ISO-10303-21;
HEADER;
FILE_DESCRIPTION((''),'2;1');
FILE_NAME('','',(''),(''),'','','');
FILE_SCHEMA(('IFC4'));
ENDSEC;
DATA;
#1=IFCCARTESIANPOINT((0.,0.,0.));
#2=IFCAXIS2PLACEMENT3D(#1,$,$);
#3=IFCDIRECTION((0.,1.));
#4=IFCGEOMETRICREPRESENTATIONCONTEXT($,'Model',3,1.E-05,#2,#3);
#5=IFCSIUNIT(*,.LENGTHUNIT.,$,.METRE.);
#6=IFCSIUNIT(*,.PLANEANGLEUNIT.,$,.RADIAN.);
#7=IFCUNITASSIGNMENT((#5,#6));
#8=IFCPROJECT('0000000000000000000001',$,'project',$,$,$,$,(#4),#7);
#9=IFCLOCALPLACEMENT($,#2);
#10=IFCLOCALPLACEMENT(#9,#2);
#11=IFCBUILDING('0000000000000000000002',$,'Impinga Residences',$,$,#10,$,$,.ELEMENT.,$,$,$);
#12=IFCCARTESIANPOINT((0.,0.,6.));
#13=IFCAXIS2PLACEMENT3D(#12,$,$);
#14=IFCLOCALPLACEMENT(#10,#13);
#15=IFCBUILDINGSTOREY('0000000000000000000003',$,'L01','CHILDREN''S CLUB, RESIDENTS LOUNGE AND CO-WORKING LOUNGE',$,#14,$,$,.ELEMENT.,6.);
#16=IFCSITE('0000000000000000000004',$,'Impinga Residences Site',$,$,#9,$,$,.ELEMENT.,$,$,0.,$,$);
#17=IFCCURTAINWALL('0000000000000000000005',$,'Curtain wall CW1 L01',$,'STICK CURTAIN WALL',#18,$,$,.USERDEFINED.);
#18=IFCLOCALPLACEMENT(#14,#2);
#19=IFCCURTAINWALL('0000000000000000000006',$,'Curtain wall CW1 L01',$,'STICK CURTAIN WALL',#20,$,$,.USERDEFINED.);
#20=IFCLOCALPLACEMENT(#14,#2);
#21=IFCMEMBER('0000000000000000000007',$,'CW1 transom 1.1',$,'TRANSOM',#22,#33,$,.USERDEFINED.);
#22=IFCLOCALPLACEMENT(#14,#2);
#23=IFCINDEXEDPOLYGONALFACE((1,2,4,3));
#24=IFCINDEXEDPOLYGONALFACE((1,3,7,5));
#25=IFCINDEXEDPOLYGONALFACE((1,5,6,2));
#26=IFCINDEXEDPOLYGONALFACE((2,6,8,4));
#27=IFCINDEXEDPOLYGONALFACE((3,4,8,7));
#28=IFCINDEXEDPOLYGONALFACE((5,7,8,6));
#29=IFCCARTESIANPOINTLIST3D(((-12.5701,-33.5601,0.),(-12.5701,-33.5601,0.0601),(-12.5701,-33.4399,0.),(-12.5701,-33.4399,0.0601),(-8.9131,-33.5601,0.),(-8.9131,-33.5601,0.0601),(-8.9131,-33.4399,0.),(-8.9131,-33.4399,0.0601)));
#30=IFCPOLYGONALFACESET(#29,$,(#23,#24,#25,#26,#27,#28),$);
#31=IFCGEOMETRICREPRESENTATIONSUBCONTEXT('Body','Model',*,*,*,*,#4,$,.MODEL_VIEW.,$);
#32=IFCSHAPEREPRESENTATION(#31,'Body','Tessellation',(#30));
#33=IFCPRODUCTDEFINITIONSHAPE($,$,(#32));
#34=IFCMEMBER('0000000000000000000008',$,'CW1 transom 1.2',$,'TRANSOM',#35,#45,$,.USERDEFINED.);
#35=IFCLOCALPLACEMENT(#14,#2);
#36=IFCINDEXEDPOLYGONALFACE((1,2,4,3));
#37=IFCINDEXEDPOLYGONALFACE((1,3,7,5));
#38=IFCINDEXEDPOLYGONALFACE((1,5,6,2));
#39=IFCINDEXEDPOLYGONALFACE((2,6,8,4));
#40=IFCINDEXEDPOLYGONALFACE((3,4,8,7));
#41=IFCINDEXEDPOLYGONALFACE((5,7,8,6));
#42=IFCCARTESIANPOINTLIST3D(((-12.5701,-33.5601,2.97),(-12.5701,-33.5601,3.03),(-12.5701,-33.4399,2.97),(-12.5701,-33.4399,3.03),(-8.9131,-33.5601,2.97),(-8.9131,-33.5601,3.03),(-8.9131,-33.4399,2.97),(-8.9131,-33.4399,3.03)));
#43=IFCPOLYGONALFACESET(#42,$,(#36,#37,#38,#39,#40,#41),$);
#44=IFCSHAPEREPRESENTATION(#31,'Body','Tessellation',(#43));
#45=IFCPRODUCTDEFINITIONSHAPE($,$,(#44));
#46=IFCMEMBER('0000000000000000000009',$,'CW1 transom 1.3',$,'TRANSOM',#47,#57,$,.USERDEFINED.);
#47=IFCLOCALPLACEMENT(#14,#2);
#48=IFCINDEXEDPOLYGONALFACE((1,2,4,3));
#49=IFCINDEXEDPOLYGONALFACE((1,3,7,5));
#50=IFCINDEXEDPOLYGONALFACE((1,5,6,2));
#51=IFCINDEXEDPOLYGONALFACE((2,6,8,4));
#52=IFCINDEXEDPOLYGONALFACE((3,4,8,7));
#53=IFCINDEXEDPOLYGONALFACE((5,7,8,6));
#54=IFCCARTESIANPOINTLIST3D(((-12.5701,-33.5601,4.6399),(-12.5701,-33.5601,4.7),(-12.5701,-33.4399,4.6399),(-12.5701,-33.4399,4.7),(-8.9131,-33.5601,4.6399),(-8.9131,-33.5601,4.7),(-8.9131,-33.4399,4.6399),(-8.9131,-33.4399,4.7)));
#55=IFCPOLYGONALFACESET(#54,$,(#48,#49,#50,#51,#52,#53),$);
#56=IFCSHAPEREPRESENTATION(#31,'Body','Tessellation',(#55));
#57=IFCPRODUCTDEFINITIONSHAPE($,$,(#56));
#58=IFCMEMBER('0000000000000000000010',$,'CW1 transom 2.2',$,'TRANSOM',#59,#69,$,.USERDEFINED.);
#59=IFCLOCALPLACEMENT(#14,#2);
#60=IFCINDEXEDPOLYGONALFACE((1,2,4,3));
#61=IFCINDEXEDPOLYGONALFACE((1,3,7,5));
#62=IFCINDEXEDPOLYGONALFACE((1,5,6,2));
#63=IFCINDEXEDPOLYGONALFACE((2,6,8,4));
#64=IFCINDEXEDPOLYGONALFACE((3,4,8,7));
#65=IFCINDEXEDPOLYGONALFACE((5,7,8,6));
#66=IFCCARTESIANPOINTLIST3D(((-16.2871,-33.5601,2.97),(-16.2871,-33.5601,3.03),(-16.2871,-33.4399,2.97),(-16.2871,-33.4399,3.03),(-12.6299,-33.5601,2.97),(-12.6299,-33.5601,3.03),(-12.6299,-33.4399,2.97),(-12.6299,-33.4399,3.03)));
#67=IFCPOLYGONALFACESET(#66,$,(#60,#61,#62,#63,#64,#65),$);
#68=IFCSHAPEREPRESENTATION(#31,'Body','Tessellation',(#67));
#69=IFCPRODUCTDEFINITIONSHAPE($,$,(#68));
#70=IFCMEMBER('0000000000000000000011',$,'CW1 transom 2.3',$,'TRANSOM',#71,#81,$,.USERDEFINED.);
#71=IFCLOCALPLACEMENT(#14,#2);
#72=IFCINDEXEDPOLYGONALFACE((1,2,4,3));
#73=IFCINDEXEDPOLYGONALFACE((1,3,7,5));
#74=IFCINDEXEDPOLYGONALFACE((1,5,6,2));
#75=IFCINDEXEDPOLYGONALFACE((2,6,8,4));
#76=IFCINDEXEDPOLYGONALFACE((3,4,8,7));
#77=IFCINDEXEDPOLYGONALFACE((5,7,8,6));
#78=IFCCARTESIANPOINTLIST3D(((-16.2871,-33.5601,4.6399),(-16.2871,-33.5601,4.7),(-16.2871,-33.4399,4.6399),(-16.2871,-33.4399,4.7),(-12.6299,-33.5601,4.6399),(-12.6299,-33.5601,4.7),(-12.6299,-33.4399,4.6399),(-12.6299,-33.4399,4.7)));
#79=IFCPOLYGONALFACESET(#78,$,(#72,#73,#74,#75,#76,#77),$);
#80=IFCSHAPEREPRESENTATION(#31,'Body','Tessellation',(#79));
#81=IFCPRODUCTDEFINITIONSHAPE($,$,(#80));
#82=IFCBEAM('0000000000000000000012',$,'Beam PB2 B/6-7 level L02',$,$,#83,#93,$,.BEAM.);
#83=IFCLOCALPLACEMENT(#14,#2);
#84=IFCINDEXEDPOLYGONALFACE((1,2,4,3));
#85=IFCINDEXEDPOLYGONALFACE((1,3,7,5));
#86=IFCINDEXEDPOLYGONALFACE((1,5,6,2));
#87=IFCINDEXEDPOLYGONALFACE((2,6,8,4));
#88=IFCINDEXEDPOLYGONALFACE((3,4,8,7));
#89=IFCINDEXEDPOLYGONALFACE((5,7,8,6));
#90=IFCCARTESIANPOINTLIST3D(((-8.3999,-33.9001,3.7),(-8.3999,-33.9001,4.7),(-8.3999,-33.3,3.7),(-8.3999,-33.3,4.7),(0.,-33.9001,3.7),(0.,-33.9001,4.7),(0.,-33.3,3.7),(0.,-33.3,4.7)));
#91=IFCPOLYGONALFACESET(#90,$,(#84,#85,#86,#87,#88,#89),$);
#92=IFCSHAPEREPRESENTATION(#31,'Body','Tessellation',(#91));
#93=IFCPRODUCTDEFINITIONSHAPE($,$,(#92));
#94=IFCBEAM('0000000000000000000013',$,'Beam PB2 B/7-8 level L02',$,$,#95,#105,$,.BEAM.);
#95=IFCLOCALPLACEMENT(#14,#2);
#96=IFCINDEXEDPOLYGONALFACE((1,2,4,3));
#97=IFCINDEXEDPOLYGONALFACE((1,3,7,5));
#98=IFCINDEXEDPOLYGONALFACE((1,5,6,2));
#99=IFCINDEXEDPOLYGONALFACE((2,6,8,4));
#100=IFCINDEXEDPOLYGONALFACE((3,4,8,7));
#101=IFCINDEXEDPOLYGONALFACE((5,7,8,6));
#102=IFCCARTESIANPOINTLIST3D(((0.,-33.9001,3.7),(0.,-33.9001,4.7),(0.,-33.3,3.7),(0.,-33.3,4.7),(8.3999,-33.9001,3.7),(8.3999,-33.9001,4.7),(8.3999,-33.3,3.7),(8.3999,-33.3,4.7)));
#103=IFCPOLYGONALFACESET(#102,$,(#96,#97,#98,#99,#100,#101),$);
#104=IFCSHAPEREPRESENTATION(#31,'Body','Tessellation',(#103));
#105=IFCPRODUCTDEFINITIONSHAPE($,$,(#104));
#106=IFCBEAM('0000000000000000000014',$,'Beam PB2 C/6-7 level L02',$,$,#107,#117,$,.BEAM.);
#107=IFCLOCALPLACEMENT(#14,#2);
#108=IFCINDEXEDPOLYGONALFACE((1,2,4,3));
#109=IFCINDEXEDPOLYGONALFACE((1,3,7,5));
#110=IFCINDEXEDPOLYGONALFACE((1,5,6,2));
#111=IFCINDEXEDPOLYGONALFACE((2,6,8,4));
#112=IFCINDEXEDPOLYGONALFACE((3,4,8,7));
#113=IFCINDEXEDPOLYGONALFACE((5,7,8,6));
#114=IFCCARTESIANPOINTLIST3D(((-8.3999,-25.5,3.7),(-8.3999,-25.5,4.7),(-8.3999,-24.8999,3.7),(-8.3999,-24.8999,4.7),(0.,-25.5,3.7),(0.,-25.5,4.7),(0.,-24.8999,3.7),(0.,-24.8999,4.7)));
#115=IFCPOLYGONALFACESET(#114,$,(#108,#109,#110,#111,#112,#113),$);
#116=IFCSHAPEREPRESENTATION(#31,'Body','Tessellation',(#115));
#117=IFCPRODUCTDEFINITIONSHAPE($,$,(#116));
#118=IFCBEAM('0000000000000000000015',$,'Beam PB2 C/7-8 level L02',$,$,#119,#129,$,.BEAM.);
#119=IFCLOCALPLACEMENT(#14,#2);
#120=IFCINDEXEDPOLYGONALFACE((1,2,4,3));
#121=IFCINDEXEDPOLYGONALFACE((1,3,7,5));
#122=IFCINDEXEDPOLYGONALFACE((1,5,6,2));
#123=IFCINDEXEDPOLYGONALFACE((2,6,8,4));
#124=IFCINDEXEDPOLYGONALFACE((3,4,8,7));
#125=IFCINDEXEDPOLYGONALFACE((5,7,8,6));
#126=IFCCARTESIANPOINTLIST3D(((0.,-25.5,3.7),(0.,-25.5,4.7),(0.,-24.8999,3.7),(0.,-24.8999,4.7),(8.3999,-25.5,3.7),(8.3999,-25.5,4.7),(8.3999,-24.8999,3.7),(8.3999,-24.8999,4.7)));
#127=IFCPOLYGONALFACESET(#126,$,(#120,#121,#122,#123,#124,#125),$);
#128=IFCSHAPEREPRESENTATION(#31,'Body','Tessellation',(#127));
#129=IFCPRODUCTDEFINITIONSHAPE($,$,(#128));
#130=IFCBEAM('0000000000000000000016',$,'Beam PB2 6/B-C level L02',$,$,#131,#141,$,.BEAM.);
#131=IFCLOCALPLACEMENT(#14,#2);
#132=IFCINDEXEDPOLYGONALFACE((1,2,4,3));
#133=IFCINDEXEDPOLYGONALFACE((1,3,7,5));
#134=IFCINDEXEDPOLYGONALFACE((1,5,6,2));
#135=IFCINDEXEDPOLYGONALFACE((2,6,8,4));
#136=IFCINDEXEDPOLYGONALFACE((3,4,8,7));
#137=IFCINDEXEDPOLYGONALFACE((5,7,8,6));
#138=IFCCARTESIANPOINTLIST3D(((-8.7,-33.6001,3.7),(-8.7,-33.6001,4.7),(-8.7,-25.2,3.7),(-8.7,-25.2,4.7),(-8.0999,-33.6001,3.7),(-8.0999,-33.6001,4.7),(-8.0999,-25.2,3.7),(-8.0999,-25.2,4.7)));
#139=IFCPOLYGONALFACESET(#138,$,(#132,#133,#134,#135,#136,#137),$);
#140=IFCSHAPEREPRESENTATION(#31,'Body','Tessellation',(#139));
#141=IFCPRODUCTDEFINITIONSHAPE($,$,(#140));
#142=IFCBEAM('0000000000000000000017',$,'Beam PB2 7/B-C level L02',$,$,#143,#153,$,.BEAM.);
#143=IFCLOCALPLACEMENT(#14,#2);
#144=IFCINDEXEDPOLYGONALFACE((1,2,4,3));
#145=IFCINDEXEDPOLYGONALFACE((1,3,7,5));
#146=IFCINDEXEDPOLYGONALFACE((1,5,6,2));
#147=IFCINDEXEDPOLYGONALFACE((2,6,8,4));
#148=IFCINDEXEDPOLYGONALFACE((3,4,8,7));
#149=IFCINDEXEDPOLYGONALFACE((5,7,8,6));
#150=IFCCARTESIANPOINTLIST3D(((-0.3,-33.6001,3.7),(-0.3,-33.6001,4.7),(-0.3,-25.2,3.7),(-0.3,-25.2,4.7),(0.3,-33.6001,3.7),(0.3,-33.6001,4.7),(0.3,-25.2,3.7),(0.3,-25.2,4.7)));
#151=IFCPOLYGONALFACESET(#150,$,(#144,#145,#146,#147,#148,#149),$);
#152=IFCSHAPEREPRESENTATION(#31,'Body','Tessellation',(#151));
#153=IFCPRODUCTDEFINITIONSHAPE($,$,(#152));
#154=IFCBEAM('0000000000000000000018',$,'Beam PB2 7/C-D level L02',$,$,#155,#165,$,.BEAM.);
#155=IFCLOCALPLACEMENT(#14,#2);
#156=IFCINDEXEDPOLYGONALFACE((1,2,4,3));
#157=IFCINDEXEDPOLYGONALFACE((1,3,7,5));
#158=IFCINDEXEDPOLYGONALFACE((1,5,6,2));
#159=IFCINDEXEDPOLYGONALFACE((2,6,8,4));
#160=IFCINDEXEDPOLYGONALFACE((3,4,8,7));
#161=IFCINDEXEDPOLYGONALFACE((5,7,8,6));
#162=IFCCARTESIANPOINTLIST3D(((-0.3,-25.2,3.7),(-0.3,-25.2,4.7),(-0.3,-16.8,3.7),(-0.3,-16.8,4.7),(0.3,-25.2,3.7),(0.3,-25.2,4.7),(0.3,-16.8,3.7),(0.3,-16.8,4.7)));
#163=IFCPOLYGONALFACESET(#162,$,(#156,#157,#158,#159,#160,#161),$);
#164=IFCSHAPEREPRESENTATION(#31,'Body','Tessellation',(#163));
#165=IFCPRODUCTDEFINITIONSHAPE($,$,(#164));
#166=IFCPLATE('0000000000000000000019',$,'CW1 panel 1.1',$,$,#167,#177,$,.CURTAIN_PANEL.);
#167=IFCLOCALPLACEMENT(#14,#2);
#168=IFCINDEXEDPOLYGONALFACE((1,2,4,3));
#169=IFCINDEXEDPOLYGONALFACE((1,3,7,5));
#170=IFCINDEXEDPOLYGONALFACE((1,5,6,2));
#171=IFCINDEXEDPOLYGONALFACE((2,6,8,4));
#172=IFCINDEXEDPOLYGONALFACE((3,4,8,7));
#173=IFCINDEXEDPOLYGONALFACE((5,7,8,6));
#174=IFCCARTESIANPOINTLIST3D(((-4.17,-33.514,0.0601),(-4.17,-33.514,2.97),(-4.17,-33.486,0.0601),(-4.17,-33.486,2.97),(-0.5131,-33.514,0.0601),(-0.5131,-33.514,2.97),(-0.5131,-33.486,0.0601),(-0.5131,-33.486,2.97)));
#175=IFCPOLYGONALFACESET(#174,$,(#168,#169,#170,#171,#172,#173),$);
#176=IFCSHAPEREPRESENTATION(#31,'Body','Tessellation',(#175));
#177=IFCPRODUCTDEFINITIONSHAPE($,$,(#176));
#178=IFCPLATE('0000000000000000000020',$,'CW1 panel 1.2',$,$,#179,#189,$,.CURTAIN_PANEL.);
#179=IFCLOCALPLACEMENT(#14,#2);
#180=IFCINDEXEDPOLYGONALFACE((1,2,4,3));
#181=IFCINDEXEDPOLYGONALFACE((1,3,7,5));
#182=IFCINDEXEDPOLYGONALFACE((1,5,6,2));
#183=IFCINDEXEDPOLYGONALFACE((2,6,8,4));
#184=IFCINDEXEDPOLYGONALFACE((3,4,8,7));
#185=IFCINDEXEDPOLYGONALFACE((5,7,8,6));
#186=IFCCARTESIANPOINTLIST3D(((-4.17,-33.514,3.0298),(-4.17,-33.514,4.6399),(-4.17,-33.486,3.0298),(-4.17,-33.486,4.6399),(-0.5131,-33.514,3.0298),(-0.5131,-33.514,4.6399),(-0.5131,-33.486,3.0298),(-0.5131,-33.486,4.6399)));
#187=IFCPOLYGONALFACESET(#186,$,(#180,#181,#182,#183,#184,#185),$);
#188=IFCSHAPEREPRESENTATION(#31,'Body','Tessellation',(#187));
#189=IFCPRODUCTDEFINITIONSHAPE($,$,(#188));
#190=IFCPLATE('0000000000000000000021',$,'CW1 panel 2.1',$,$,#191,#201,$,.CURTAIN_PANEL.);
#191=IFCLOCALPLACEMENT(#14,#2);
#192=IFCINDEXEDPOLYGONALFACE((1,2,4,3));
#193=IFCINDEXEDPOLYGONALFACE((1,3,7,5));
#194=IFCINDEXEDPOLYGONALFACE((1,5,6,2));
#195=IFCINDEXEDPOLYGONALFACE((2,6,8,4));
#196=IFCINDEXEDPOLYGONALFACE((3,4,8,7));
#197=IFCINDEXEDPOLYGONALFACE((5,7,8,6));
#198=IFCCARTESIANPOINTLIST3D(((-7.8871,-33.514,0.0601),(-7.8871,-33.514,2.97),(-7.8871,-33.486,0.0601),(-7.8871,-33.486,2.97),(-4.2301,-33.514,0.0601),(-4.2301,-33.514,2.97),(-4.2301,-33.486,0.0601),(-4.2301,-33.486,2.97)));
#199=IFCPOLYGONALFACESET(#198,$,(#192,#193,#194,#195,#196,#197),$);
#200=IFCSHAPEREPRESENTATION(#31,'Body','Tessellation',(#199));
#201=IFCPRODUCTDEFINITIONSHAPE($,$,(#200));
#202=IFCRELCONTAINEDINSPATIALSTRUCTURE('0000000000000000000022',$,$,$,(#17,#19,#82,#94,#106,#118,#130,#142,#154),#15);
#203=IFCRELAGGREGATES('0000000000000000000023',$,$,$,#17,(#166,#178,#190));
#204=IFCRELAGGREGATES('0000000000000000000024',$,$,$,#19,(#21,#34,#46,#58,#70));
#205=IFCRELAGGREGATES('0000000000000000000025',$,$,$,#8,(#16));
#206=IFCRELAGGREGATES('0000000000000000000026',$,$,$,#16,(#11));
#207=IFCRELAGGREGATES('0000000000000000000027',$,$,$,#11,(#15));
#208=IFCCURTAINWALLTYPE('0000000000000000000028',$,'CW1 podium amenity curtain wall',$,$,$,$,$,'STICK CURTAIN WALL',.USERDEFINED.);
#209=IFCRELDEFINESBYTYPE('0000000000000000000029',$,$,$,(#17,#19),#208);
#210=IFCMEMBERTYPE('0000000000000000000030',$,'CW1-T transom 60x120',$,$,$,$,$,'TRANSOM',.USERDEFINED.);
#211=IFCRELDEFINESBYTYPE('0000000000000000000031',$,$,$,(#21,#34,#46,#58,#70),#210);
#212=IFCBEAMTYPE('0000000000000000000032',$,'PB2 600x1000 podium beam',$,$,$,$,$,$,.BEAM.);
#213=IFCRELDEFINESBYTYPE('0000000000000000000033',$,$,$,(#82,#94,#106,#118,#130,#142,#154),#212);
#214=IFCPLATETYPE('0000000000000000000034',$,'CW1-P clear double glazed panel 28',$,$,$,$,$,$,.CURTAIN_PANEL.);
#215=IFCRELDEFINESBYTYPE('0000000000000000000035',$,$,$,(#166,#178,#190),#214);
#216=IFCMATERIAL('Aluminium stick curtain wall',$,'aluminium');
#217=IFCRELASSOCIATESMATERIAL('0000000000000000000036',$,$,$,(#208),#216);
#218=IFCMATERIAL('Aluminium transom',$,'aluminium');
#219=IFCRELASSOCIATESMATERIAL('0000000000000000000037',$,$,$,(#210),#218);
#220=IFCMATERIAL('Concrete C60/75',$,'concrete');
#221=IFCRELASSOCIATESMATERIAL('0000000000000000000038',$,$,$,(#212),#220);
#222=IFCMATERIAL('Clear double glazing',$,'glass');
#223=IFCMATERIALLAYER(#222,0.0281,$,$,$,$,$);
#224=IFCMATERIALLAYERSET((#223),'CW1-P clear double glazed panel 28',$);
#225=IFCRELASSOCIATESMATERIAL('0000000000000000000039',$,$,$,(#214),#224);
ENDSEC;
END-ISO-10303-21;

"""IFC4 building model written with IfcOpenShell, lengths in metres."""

from ifc_helpers import new_model, si_unit, direction, frame, origin, origin_2d, place, context, subcontext, project, spatial, rectangle, extrude, material, layer, layer_set, material_profile, profile_set, type_object, element, aggregate, save


model = new_model("IFC4")

# Units and contexts
model_context = context("Model", 3, precision=1e-05, world=origin(), true_north=direction((0.0, 1.0)))
body_context = subcontext(model_context, "Body", "Model", "MODEL_VIEW")
ifc_project = project(units=[si_unit("LENGTHUNIT", "METRE"), si_unit("PLANEANGLEUNIT", "RADIAN")], contexts=[model_context])

# Site, building, storey
site_placement = place(None, origin())
site = spatial("IfcSite", under=ifc_project, at=site_placement, Name="Impinga Residences Site", CompositionType="ELEMENT", RefElevation=0.0)
building_placement = place(site_placement, origin())
building = spatial("IfcBuilding", under=site, at=building_placement, Name="Impinga Residences", CompositionType="ELEMENT")
storey_placement = place(building_placement, frame((0.0, 0.0, 6.0)))
storey = spatial("IfcBuildingStorey", under=building, at=storey_placement, Name="L01", Description="CHILDREN'S CLUB, RESIDENTS LOUNGE AND CO-WORKING LOUNGE", CompositionType="ELEMENT", Elevation=6.0)

# Curtain walls
ifc_material_1 = material(Name="Aluminium stick curtain wall", Category="aluminium")
curtain_wall_type = type_object("IfcCurtainWallType", Name="CW1 podium amenity curtain wall", ElementType="STICK CURTAIN WALL", PredefinedType="USERDEFINED", material=ifc_material_1)
curtain_wall_1_placement = place(storey_placement, origin())
curtain_wall_1 = element("IfcCurtainWall", 1, at=curtain_wall_1_placement, inside=storey, type_object=curtain_wall_type, Name="Curtain wall CW1 L01", ObjectType="STICK CURTAIN WALL", PredefinedType="USERDEFINED")
curtain_wall_2_placement = place(storey_placement, origin())
curtain_wall_2 = element("IfcCurtainWall", 2, at=curtain_wall_2_placement, inside=storey, type_object=curtain_wall_type, Name="Curtain wall CW1 L01", ObjectType="STICK CURTAIN WALL", PredefinedType="USERDEFINED")

# Members
ifc_material_2 = material(Name="Aluminium transom", Category="aluminium")
ifc_material_profile_1 = material_profile(ifc_material_2, rectangle(XDim=0.0601, YDim=0.1201, at=origin_2d()), Name="60x120 transom")
ifc_profile_set_1 = profile_set([ifc_material_profile_1], Name="Aluminium transom")
member_type_1 = type_object("IfcMemberType", Name="CW1-T transom 60x120", ElementType="TRANSOM", PredefinedType="USERDEFINED", material=ifc_profile_set_1)
member_1_placement = place(storey_placement, frame((-8.9131, -33.5, 0.03), z_axis=(-1.0, 0.0, 0.0), x_axis=(0.0, 0.0, 1.0)))
member_1 = element("IfcMember", 3, at=member_1_placement, type_object=member_type_1, Name="CW1 transom 1.1", ObjectType="TRANSOM", PredefinedType="USERDEFINED", context=body_context, shape_type="SweptSolid", body=[
    extrude(rectangle(XDim=0.0601, YDim=0.1201, at=origin_2d()), origin(), (0.0, 0.0, 1.0), 3.657),
])
member_2_placement = place(storey_placement, frame((-8.9131, -33.5, 3.0), z_axis=(-1.0, 0.0, 0.0), x_axis=(0.0, 0.0, 1.0)))
member_2 = element("IfcMember", 4, at=member_2_placement, type_object=member_type_1, Name="CW1 transom 1.2", ObjectType="TRANSOM", PredefinedType="USERDEFINED", context=body_context, shape_type="SweptSolid", body=[
    extrude(rectangle(XDim=0.0601, YDim=0.1201, at=origin_2d()), origin(), (0.0, 0.0, 1.0), 3.657),
])
member_3_placement = place(storey_placement, frame((-8.9131, -33.5, 4.6699), z_axis=(-1.0, 0.0, 0.0), x_axis=(0.0, 0.0, 1.0)))
member_3 = element("IfcMember", 5, at=member_3_placement, type_object=member_type_1, Name="CW1 transom 1.3", ObjectType="TRANSOM", PredefinedType="USERDEFINED", context=body_context, shape_type="SweptSolid", body=[
    extrude(rectangle(XDim=0.0601, YDim=0.1201, at=origin_2d()), origin(), (0.0, 0.0, 1.0), 3.657),
])
member_4_placement = place(storey_placement, frame((-12.6299, -33.5, 3.0), z_axis=(-1.0, 0.0, 0.0), x_axis=(0.0, 0.0, 1.0)))
member_4 = element("IfcMember", 6, at=member_4_placement, type_object=member_type_1, Name="CW1 transom 2.2", ObjectType="TRANSOM", PredefinedType="USERDEFINED", context=body_context, shape_type="SweptSolid", body=[
    extrude(rectangle(XDim=0.0601, YDim=0.1201, at=origin_2d()), origin(), (0.0, 0.0, 1.0), 3.6572),
])
member_5_placement = place(storey_placement, frame((-12.6299, -33.5, 4.6699), z_axis=(-1.0, 0.0, 0.0), x_axis=(0.0, 0.0, 1.0)))
member_5 = element("IfcMember", 7, at=member_5_placement, type_object=member_type_1, Name="CW1 transom 2.3", ObjectType="TRANSOM", PredefinedType="USERDEFINED", context=body_context, shape_type="SweptSolid", body=[
    extrude(rectangle(XDim=0.0601, YDim=0.1201, at=origin_2d()), origin(), (0.0, 0.0, 1.0), 3.6572),
])

# Beams
ifc_material_3 = material(Name="Concrete C60/75", Category="concrete")
ifc_material_profile_2 = material_profile(ifc_material_3, rectangle(XDim=0.6001, YDim=1.0, at=origin_2d()), Name="RC 600x1000")
ifc_profile_set_2 = profile_set([ifc_material_profile_2], Name="Concrete C60/75")
beam_type = type_object("IfcBeamType", Name="PB2 600x1000 podium beam", PredefinedType="BEAM", material=ifc_profile_set_2)
for number, where, z_axis, x_axis, name in (
    (8, (-8.3999, -33.6001, 4.2), (1.0, 0.0, 0.0), (0.0, 1.0, 0.0), "Beam PB2 B/6-7 level L02"),
    (9, (0.0, -33.6001, 4.2), (1.0, 0.0, 0.0), (0.0, 1.0, 0.0), "Beam PB2 B/7-8 level L02"),
    (10, (-8.3999, -25.2, 4.2), (1.0, 0.0, 0.0), (0.0, 1.0, 0.0), "Beam PB2 C/6-7 level L02"),
    (11, (0.0, -25.2, 4.2), (1.0, 0.0, 0.0), (0.0, 1.0, 0.0), "Beam PB2 C/7-8 level L02"),
):
    element("IfcBeam", number, at=place(storey_placement, frame(where, z_axis=z_axis, x_axis=x_axis)), inside=storey, type_object=beam_type, Name=name, PredefinedType="BEAM", context=body_context, shape_type="SweptSolid", body=[
        extrude(rectangle(XDim=0.6001, YDim=1.0, at=origin_2d()), origin(), (0.0, 0.0, 1.0), 8.3999),
    ])
for number, where, z_axis, x_axis, name in (
    (12, (-8.3999, -33.6001, 4.2), (0.0, 1.0, 0.0), (-1.0, 0.0, 0.0), "Beam PB2 6/B-C level L02"),
    (13, (0.0, -33.6001, 4.2), (0.0, 1.0, 0.0), (-1.0, 0.0, 0.0), "Beam PB2 7/B-C level L02"),
):
    element("IfcBeam", number, at=place(storey_placement, frame(where, z_axis=z_axis, x_axis=x_axis)), inside=storey, type_object=beam_type, Name=name, PredefinedType="BEAM", context=body_context, shape_type="SweptSolid", body=[
        extrude(rectangle(XDim=0.6001, YDim=1.0, at=origin_2d()), origin(), (0.0, 0.0, 1.0), 8.4001),
    ])
beam_placement = place(storey_placement, frame((0.0, -25.2, 4.2), z_axis=(0.0, 1.0, 0.0), x_axis=(-1.0, 0.0, 0.0)))
element("IfcBeam", 14, at=beam_placement, inside=storey, type_object=beam_type, Name="Beam PB2 7/C-D level L02", PredefinedType="BEAM", context=body_context, shape_type="SweptSolid", body=[
    extrude(rectangle(XDim=0.6001, YDim=1.0, at=origin_2d()), origin(), (0.0, 0.0, 1.0), 8.3999),
])

# Plates
ifc_material_4 = material(Name="Clear double glazing", Category="glass")
ifc_layer = layer(ifc_material_4, 0.0281)
ifc_layer_set = layer_set([ifc_layer], Name="CW1-P clear double glazed panel 28")
plate_type = type_object("IfcPlateType", Name="CW1-P clear double glazed panel 28", PredefinedType="CURTAIN_PANEL", material=ifc_layer_set)
plate_1_placement = place(storey_placement, frame((-2.3416, -33.5, 0.0601), z_axis=(0.0, 0.0, 1.0), x_axis=(-1.0, 0.0, 0.0)))
plate_1 = element("IfcPlate", 15, at=plate_1_placement, type_object=plate_type, Name="CW1 panel 1.1", PredefinedType="CURTAIN_PANEL", context=body_context, shape_type="SweptSolid", body=[
    extrude(rectangle(XDim=3.657, YDim=0.0281, at=origin_2d()), origin(), (0.0, 0.0, 1.0), 2.9099),
])
plate_2_placement = place(storey_placement, frame((-2.3416, -33.5, 3.0298), z_axis=(0.0, 0.0, 1.0), x_axis=(-1.0, 0.0, 0.0)))
plate_2 = element("IfcPlate", 16, at=plate_2_placement, type_object=plate_type, Name="CW1 panel 1.2", PredefinedType="CURTAIN_PANEL", context=body_context, shape_type="SweptSolid", body=[
    extrude(rectangle(XDim=3.657, YDim=0.0281, at=origin_2d()), origin(), (0.0, 0.0, 1.0), 1.6101),
])
plate_3_placement = place(storey_placement, frame((-6.0586, -33.5, 0.0601), z_axis=(0.0, 0.0, 1.0), x_axis=(-1.0, 0.0, 0.0)))
plate_3 = element("IfcPlate", 17, at=plate_3_placement, type_object=plate_type, Name="CW1 panel 2.1", PredefinedType="CURTAIN_PANEL", context=body_context, shape_type="SweptSolid", body=[
    extrude(rectangle(XDim=3.657, YDim=0.0281, at=origin_2d()), origin(), (0.0, 0.0, 1.0), 2.9099),
])
aggregate(curtain_wall_1, [plate_1, plate_2, plate_3])
aggregate(curtain_wall_2, [member_1, member_2, member_3, member_4, member_5])

save(model, "model.ifc")
